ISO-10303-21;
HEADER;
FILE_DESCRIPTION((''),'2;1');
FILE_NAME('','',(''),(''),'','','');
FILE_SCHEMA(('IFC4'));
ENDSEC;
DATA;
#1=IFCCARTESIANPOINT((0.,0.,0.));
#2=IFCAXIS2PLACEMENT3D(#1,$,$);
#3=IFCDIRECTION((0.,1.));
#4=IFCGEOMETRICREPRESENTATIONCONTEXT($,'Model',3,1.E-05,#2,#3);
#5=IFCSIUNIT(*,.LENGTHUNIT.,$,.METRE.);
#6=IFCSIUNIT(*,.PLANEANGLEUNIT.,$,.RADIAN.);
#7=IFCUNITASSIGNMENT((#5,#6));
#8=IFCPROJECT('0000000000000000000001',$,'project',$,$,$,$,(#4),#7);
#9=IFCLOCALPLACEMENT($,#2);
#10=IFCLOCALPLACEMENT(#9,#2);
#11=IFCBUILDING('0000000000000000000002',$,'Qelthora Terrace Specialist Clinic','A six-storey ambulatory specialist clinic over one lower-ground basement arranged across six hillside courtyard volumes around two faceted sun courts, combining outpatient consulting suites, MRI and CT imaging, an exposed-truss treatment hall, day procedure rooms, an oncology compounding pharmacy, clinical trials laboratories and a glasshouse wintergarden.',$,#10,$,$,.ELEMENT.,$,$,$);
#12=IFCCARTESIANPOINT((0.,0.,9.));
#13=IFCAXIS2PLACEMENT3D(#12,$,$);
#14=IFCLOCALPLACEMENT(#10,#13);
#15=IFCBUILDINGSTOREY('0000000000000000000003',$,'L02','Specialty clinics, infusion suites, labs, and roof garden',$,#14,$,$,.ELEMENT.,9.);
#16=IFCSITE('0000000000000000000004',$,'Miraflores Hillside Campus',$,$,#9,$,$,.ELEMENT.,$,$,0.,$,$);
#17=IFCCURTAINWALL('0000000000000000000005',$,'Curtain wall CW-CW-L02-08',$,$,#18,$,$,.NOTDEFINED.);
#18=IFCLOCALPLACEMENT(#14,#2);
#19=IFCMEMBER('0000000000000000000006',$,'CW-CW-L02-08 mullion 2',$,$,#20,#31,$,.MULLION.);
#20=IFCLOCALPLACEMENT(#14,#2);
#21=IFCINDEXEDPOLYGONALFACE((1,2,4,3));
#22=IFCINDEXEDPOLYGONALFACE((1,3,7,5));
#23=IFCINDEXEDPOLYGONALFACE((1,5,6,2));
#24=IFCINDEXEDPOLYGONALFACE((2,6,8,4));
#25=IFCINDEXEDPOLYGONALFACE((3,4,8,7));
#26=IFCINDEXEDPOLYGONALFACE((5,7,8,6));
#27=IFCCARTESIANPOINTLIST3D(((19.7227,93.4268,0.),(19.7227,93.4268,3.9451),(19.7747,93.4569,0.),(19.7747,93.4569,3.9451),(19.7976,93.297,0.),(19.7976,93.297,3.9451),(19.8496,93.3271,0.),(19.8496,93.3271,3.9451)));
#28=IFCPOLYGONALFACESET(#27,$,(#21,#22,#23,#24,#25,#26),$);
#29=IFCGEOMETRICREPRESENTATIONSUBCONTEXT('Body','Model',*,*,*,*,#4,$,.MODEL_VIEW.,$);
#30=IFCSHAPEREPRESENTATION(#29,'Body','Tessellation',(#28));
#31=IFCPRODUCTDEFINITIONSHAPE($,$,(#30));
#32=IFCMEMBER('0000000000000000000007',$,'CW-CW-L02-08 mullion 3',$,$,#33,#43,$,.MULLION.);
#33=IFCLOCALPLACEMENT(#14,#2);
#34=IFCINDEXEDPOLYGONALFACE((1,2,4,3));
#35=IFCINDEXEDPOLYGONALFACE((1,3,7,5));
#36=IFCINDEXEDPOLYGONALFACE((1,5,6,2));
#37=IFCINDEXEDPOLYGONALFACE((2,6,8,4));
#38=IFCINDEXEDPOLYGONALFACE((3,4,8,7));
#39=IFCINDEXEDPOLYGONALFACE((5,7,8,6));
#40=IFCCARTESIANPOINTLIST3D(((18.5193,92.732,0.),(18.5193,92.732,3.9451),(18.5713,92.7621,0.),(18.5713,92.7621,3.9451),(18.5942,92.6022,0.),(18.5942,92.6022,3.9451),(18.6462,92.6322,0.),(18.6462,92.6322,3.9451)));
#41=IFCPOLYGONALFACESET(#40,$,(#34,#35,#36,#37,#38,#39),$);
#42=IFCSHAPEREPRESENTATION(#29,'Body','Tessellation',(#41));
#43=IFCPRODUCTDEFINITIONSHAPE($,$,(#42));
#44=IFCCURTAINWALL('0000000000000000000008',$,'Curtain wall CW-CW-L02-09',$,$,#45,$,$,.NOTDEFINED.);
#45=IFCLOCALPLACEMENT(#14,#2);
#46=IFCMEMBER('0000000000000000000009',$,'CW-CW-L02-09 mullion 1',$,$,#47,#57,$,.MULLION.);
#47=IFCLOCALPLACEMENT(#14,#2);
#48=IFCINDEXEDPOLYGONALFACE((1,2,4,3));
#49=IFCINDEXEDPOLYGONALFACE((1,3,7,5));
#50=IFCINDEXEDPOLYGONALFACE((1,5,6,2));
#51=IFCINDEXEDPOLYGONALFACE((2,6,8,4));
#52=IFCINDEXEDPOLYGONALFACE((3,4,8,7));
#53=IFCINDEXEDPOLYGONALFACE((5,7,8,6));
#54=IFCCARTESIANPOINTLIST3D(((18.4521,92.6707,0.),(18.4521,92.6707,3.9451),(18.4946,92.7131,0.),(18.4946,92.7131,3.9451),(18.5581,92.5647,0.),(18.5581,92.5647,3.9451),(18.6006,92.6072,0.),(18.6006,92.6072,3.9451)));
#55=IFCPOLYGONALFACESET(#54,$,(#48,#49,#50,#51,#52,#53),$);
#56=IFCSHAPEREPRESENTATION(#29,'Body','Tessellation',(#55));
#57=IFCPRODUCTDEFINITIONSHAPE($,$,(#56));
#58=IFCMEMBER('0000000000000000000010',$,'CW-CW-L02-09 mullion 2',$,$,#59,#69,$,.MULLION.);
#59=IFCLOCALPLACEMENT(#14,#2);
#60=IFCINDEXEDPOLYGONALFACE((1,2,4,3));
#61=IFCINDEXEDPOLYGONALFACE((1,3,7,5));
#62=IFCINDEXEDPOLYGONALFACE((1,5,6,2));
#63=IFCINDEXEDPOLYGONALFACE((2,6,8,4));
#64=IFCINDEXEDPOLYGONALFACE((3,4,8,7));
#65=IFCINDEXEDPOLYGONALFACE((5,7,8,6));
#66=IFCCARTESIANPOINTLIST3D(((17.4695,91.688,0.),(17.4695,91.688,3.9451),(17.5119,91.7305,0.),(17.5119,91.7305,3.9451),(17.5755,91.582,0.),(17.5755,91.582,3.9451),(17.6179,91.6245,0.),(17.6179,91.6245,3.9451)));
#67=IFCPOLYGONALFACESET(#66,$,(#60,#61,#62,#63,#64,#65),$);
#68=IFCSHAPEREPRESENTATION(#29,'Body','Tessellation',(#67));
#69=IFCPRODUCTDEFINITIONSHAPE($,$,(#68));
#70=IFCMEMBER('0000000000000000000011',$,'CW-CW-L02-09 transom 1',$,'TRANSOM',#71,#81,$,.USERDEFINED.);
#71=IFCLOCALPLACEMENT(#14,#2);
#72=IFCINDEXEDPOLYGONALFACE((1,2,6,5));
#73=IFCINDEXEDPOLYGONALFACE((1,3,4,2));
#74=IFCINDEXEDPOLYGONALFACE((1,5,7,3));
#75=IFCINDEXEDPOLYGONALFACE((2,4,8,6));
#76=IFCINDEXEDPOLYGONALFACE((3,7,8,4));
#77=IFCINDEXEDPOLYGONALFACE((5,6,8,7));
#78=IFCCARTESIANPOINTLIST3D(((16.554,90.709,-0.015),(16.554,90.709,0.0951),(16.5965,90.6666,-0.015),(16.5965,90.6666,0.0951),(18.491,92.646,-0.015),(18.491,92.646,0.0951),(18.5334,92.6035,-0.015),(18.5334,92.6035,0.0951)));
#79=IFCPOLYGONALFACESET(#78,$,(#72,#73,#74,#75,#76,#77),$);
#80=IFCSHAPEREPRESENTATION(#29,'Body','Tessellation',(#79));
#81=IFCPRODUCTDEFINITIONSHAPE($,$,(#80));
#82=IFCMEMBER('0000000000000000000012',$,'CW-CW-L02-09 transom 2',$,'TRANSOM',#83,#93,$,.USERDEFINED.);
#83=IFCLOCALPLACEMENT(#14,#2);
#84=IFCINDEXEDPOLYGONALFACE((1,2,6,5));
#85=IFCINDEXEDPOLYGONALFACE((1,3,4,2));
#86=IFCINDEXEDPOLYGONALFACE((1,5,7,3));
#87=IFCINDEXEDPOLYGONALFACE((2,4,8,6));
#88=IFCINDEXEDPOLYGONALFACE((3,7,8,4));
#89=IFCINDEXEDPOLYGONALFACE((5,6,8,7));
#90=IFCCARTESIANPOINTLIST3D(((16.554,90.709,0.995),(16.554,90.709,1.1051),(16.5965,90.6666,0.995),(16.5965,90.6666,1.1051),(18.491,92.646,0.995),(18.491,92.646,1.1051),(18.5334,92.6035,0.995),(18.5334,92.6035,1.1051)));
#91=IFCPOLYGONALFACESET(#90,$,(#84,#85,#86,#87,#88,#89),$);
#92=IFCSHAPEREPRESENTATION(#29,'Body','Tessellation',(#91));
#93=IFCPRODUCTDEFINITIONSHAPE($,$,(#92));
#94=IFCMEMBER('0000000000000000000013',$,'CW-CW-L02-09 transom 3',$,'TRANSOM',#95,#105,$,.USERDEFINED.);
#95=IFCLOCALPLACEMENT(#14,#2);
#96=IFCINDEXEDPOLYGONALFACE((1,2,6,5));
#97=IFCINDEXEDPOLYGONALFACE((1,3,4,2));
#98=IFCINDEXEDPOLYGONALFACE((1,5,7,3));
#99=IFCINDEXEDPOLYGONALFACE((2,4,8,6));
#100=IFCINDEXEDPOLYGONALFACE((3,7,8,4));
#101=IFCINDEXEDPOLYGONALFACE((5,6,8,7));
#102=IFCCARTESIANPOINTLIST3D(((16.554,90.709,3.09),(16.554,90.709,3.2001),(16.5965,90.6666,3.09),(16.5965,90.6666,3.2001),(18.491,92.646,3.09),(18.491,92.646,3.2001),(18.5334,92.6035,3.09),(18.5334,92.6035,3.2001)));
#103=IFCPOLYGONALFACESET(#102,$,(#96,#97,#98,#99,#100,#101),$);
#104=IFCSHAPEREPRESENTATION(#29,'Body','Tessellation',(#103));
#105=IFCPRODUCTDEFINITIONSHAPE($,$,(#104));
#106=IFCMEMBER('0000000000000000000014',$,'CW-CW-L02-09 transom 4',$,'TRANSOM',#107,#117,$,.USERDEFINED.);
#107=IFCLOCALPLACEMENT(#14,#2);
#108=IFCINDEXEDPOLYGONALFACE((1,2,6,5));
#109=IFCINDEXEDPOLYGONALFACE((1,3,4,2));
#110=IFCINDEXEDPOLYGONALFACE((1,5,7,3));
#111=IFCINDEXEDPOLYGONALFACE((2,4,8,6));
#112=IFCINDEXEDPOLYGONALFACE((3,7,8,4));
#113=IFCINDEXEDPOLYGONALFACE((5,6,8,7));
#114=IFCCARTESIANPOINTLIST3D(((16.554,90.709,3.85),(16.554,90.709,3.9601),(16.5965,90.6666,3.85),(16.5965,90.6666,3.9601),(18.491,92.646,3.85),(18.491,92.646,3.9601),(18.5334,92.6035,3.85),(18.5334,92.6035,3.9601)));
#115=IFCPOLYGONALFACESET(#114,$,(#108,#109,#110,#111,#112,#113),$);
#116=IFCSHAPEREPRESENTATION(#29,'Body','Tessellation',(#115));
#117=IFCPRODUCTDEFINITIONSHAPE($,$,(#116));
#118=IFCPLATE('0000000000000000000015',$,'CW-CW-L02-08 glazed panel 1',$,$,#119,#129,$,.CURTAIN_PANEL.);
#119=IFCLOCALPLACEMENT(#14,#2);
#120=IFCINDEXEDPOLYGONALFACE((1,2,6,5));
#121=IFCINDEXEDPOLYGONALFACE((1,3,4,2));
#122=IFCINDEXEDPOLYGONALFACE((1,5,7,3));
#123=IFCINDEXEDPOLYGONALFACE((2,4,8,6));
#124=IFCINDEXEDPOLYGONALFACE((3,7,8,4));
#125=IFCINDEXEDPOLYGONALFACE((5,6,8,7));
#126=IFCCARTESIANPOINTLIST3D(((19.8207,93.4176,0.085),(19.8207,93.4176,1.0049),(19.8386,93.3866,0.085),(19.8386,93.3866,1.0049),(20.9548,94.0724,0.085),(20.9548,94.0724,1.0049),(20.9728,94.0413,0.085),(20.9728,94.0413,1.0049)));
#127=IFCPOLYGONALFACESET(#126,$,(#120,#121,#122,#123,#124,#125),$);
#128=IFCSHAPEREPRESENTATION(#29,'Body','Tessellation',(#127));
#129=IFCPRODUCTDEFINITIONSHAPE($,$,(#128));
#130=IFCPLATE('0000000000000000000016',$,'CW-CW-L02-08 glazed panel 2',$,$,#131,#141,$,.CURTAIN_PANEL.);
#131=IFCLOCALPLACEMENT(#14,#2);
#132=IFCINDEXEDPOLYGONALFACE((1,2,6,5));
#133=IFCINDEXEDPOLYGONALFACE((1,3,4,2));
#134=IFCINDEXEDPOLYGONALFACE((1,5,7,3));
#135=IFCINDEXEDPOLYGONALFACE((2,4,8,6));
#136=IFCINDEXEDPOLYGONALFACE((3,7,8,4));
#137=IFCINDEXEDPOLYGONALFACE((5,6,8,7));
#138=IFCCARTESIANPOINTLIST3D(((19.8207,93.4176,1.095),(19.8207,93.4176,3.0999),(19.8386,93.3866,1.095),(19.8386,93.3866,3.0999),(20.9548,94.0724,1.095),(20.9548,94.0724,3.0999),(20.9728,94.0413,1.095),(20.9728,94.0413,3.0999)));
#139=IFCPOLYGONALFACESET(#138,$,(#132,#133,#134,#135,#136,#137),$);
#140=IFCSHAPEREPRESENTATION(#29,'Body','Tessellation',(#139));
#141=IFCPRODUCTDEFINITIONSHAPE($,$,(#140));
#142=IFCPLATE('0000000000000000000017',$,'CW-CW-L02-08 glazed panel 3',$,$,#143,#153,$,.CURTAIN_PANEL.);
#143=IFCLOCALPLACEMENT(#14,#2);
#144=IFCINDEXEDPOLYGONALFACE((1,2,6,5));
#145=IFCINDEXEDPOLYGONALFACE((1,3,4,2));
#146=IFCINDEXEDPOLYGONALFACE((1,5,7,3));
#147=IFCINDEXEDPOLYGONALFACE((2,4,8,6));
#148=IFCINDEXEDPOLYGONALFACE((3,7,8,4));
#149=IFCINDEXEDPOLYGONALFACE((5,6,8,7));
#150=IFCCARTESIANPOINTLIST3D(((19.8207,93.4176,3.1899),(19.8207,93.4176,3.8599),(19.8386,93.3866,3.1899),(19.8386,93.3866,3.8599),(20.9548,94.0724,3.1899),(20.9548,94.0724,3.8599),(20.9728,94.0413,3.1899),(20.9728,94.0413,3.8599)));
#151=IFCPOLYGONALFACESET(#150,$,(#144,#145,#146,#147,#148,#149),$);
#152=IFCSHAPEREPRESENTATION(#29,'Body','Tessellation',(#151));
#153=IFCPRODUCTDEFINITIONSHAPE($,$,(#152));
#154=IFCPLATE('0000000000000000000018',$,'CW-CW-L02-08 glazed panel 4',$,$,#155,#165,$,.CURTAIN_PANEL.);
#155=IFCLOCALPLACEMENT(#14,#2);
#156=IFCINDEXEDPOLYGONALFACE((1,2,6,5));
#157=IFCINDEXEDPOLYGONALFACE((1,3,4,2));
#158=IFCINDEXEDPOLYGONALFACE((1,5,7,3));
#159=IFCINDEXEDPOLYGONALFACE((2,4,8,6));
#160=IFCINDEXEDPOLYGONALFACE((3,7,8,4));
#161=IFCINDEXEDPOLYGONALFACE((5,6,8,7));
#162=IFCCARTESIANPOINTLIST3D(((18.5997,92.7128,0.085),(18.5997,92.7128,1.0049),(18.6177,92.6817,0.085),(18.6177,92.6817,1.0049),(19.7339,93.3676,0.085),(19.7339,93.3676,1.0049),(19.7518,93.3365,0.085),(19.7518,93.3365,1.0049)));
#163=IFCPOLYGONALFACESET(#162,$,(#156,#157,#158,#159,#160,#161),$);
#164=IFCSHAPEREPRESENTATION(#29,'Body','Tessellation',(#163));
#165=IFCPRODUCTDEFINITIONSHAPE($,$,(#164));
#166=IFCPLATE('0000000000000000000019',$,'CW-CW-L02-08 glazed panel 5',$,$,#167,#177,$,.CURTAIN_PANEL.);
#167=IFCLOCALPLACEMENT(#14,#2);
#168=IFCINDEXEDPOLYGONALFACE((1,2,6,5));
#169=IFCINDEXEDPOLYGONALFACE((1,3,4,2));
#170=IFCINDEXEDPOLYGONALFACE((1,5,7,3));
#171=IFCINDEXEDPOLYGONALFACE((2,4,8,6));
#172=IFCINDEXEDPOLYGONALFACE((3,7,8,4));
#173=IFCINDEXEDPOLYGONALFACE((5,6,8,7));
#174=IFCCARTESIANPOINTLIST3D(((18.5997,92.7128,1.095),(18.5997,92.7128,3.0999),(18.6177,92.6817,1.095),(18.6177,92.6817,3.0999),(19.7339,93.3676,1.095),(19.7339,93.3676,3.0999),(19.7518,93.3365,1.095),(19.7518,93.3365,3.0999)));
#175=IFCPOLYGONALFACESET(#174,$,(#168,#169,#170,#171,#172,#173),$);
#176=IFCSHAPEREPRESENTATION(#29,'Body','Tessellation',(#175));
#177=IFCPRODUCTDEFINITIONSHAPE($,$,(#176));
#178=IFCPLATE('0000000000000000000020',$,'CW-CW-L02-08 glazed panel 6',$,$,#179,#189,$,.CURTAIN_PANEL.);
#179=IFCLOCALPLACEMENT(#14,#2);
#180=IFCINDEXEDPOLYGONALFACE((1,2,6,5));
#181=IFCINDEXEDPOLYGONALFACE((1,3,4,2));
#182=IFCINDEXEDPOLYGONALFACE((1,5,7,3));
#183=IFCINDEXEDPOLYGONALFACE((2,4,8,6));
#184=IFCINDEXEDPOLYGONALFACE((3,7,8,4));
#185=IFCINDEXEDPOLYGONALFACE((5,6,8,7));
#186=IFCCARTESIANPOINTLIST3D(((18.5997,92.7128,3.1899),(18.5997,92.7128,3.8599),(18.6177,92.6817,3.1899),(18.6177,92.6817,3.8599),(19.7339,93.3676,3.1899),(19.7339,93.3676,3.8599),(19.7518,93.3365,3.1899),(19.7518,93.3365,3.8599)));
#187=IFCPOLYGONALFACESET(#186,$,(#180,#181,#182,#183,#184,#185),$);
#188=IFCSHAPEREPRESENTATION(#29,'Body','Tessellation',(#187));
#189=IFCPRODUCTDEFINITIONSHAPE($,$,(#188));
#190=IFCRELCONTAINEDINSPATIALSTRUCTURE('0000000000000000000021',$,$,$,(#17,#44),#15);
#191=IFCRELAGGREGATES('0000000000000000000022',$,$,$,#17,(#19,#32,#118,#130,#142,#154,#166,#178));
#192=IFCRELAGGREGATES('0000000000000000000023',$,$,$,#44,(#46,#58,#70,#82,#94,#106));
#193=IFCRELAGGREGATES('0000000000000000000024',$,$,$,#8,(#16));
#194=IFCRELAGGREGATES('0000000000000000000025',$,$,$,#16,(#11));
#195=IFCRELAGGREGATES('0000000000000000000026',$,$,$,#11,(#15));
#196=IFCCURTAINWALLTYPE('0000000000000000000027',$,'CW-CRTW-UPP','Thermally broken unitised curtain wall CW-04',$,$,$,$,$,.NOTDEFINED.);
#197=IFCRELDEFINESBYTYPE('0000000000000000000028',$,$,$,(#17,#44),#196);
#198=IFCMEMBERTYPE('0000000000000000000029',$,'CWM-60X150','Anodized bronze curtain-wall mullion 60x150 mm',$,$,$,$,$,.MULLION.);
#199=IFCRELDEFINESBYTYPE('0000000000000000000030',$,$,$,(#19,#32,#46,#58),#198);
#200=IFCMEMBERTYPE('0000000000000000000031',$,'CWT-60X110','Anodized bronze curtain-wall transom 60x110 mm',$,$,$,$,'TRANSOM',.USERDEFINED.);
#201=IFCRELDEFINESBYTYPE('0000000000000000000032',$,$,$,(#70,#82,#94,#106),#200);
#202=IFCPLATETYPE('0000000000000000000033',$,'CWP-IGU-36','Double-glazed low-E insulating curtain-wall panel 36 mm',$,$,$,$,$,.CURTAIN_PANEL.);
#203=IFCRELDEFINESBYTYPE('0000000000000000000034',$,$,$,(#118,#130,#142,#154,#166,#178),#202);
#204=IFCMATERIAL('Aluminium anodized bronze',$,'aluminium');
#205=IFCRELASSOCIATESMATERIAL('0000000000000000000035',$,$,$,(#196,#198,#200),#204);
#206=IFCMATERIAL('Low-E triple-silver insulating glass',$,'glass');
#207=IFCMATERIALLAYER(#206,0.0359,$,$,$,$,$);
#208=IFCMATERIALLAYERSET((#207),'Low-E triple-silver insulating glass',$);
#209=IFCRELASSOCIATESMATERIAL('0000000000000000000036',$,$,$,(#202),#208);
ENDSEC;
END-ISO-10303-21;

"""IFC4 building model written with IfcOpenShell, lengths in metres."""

from ifc_helpers import new_model, si_unit, direction, frame, origin, origin_2d, place, context, subcontext, project, spatial, rectangle, extrude, material, layer, layer_set, material_profile, profile_set, type_object, element, aggregate, save


model = new_model("IFC4")

# Units and contexts
model_context = context("Model", 3, precision=1e-05, world=origin(), true_north=direction((0.0, 1.0)))
body_context = subcontext(model_context, "Body", "Model", "MODEL_VIEW")
ifc_project = project(units=[si_unit("LENGTHUNIT", "METRE"), si_unit("PLANEANGLEUNIT", "RADIAN")], contexts=[model_context])

# Site, building, storey
site_placement = place(None, origin())
site = spatial("IfcSite", under=ifc_project, at=site_placement, Name="Miraflores Hillside Campus", CompositionType="ELEMENT", RefElevation=0.0)
building_placement = place(site_placement, origin())
building = spatial("IfcBuilding", under=site, at=building_placement, Name="Qelthora Terrace Specialist Clinic", Description="A six-storey ambulatory specialist clinic over one lower-ground basement arranged across six hillside courtyard volumes around two faceted sun courts, combining outpatient consulting suites, MRI and CT imaging, an exposed-truss treatment hall, day procedure rooms, an oncology compounding pharmacy, clinical trials laboratories and a glasshouse wintergarden.", CompositionType="ELEMENT")
storey_placement = place(building_placement, frame((0.0, 0.0, 9.0)))
storey = spatial("IfcBuildingStorey", under=building, at=storey_placement, Name="L02", Description="Specialty clinics, infusion suites, labs, and roof garden", CompositionType="ELEMENT", Elevation=9.0)

# Curtain walls, members
ifc_material_1 = material(Name="Aluminium anodized bronze", Category="aluminium")
curtain_wall_type = type_object("IfcCurtainWallType", Name="CW-CRTW-UPP", Description="Thermally broken unitised curtain wall CW-04", PredefinedType="NOTDEFINED", material=ifc_material_1)
curtain_wall_1_placement = place(storey_placement, origin())
curtain_wall_1 = element("IfcCurtainWall", 1, at=curtain_wall_1_placement, inside=storey, type_object=curtain_wall_type, Name="Curtain wall CW-CW-L02-08", PredefinedType="NOTDEFINED")
ifc_material_profile_1 = material_profile(ifc_material_1, rectangle(XDim=0.0601, YDim=0.1499, at=origin_2d()), Name="CWM60X150")
ifc_profile_set_1 = profile_set([ifc_material_profile_1], Name="Aluminium anodized bronze")
member_type_1 = type_object("IfcMemberType", Name="CWM-60X150", Description="Anodized bronze curtain-wall mullion 60x150 mm", PredefinedType="MULLION", material=ifc_profile_set_1)
member_1_placement = place(storey_placement, frame((19.7861, 93.377, 0.0), z_axis=(0.0, 0.0, 1.0), x_axis=(-0.866026, -0.5, 0.0)))
member_1 = element("IfcMember", 2, at=member_1_placement, type_object=member_type_1, Name="CW-CW-L02-08 mullion 2", PredefinedType="MULLION", context=body_context, shape_type="SweptSolid", body=[
    extrude(rectangle(XDim=0.0601, YDim=0.1499, at=origin_2d()), origin(), (0.0, 0.0, 1.0), 3.9451),
])
member_2_placement = place(storey_placement, frame((18.5828, 92.6821, 0.0), z_axis=(0.0, 0.0, 1.0), x_axis=(-0.866026, -0.5, 0.0)))
member_2 = element("IfcMember", 3, at=member_2_placement, type_object=member_type_1, Name="CW-CW-L02-08 mullion 3", PredefinedType="MULLION", context=body_context, shape_type="SweptSolid", body=[
    extrude(rectangle(XDim=0.0601, YDim=0.1499, at=origin_2d()), origin(), (0.0, 0.0, 1.0), 3.9451),
])
curtain_wall_2_placement = place(storey_placement, origin())
curtain_wall_2 = element("IfcCurtainWall", 4, at=curtain_wall_2_placement, inside=storey, type_object=curtain_wall_type, Name="Curtain wall CW-CW-L02-09", PredefinedType="NOTDEFINED")
member_3_placement = place(storey_placement, frame((18.5264, 92.6389, 0.0), z_axis=(0.0, 0.0, 1.0), x_axis=(-0.707107, -0.707107, 0.0)))
member_3 = element("IfcMember", 5, at=member_3_placement, type_object=member_type_1, Name="CW-CW-L02-09 mullion 1", PredefinedType="MULLION", context=body_context, shape_type="SweptSolid", body=[
    extrude(rectangle(XDim=0.0601, YDim=0.1499, at=origin_2d()), origin(), (0.0, 0.0, 1.0), 3.9451),
])
member_4_placement = place(storey_placement, frame((17.5437, 91.6562, 0.0), z_axis=(0.0, 0.0, 1.0), x_axis=(-0.707107, -0.707107, 0.0)))
member_4 = element("IfcMember", 6, at=member_4_placement, type_object=member_type_1, Name="CW-CW-L02-09 mullion 2", PredefinedType="MULLION", context=body_context, shape_type="SweptSolid", body=[
    extrude(rectangle(XDim=0.0601, YDim=0.1499, at=origin_2d()), origin(), (0.0, 0.0, 1.0), 3.9451),
])
ifc_material_profile_2 = material_profile(ifc_material_1, rectangle(XDim=0.0601, YDim=0.1101, at=origin_2d()), Name="CWT60X110")
ifc_profile_set_2 = profile_set([ifc_material_profile_2], Name="Aluminium anodized bronze")
member_type_2 = type_object("IfcMemberType", Name="CWT-60X110", Description="Anodized bronze curtain-wall transom 60x110 mm", ElementType="TRANSOM", PredefinedType="USERDEFINED", material=ifc_profile_set_2)
member_5_placement = place(storey_placement, frame((18.5122, 92.6248, 0.04), z_axis=(-0.707107, -0.707107, 0.0), x_axis=(0.707107, -0.707107, 0.0)))
member_5 = element("IfcMember", 7, at=member_5_placement, type_object=member_type_2, Name="CW-CW-L02-09 transom 1", ObjectType="TRANSOM", PredefinedType="USERDEFINED", context=body_context, shape_type="SweptSolid", body=[
    extrude(rectangle(XDim=0.0601, YDim=0.1101, at=origin_2d()), origin(), (0.0, 0.0, 1.0), 2.7393),
])
member_6_placement = place(storey_placement, frame((18.5122, 92.6248, 1.05), z_axis=(-0.707107, -0.707107, 0.0), x_axis=(0.707107, -0.707107, 0.0)))
member_6 = element("IfcMember", 8, at=member_6_placement, type_object=member_type_2, Name="CW-CW-L02-09 transom 2", ObjectType="TRANSOM", PredefinedType="USERDEFINED", context=body_context, shape_type="SweptSolid", body=[
    extrude(rectangle(XDim=0.0601, YDim=0.1101, at=origin_2d()), origin(), (0.0, 0.0, 1.0), 2.7393),
])
member_7_placement = place(storey_placement, frame((18.5122, 92.6248, 3.145), z_axis=(-0.707107, -0.707107, 0.0), x_axis=(0.707107, -0.707107, 0.0)))
member_7 = element("IfcMember", 9, at=member_7_placement, type_object=member_type_2, Name="CW-CW-L02-09 transom 3", ObjectType="TRANSOM", PredefinedType="USERDEFINED", context=body_context, shape_type="SweptSolid", body=[
    extrude(rectangle(XDim=0.0601, YDim=0.1101, at=origin_2d()), origin(), (0.0, 0.0, 1.0), 2.7393),
])
member_8_placement = place(storey_placement, frame((18.5122, 92.6248, 3.905), z_axis=(-0.707107, -0.707107, 0.0), x_axis=(0.707107, -0.707107, 0.0)))
member_8 = element("IfcMember", 10, at=member_8_placement, type_object=member_type_2, Name="CW-CW-L02-09 transom 4", ObjectType="TRANSOM", PredefinedType="USERDEFINED", context=body_context, shape_type="SweptSolid", body=[
    extrude(rectangle(XDim=0.0601, YDim=0.1101, at=origin_2d()), origin(), (0.0, 0.0, 1.0), 2.7393),
])

# Plates
ifc_material_2 = material(Name="Low-E triple-silver insulating glass", Category="glass")
ifc_layer = layer(ifc_material_2, 0.0359)
ifc_layer_set = layer_set([ifc_layer], Name="Low-E triple-silver insulating glass")
plate_type = type_object("IfcPlateType", Name="CWP-IGU-36", Description="Double-glazed low-E insulating curtain-wall panel 36 mm", PredefinedType="CURTAIN_PANEL", material=ifc_layer_set)
plate_1_placement = place(storey_placement, frame((20.3967, 93.7295, 0.085), z_axis=(0.0, 0.0, 1.0), x_axis=(-0.866025, -0.5, 0.0)))
plate_1 = element("IfcPlate", 11, at=plate_1_placement, type_object=plate_type, Name="CW-CW-L02-08 glazed panel 1", PredefinedType="CURTAIN_PANEL", context=body_context, shape_type="SweptSolid", body=[
    extrude(rectangle(XDim=1.3096, YDim=0.0359, at=origin_2d()), origin(), (0.0, 0.0, 1.0), 0.9199),
])
plate_2_placement = place(storey_placement, frame((20.3967, 93.7295, 1.095), z_axis=(0.0, 0.0, 1.0), x_axis=(-0.866025, -0.5, 0.0)))
plate_2 = element("IfcPlate", 12, at=plate_2_placement, type_object=plate_type, Name="CW-CW-L02-08 glazed panel 2", PredefinedType="CURTAIN_PANEL", context=body_context, shape_type="SweptSolid", body=[
    extrude(rectangle(XDim=1.3096, YDim=0.0359, at=origin_2d()), origin(), (0.0, 0.0, 1.0), 2.0049),
])
plate_3_placement = place(storey_placement, frame((20.3967, 93.7295, 3.1899), z_axis=(0.0, 0.0, 1.0), x_axis=(-0.866025, -0.5, 0.0)))
plate_3 = element("IfcPlate", 13, at=plate_3_placement, type_object=plate_type, Name="CW-CW-L02-08 glazed panel 3", PredefinedType="CURTAIN_PANEL", context=body_context, shape_type="SweptSolid", body=[
    extrude(rectangle(XDim=1.3096, YDim=0.0359, at=origin_2d()), origin(), (0.0, 0.0, 1.0), 0.6699),
])
plate_4_placement = place(storey_placement, frame((19.1758, 93.0247, 0.085), z_axis=(0.0, 0.0, 1.0), x_axis=(-0.866025, -0.5, 0.0)))
plate_4 = element("IfcPlate", 14, at=plate_4_placement, type_object=plate_type, Name="CW-CW-L02-08 glazed panel 4", PredefinedType="CURTAIN_PANEL", context=body_context, shape_type="SweptSolid", body=[
    extrude(rectangle(XDim=1.3096, YDim=0.0359, at=origin_2d()), origin(), (0.0, 0.0, 1.0), 0.9199),
])
plate_5_placement = place(storey_placement, frame((19.1758, 93.0247, 1.095), z_axis=(0.0, 0.0, 1.0), x_axis=(-0.866025, -0.5, 0.0)))
plate_5 = element("IfcPlate", 15, at=plate_5_placement, type_object=plate_type, Name="CW-CW-L02-08 glazed panel 5", PredefinedType="CURTAIN_PANEL", context=body_context, shape_type="SweptSolid", body=[
    extrude(rectangle(XDim=1.3096, YDim=0.0359, at=origin_2d()), origin(), (0.0, 0.0, 1.0), 2.0049),
])
plate_6_placement = place(storey_placement, frame((19.1758, 93.0247, 3.1899), z_axis=(0.0, 0.0, 1.0), x_axis=(-0.866025, -0.5, 0.0)))
plate_6 = element("IfcPlate", 16, at=plate_6_placement, type_object=plate_type, Name="CW-CW-L02-08 glazed panel 6", PredefinedType="CURTAIN_PANEL", context=body_context, shape_type="SweptSolid", body=[
    extrude(rectangle(XDim=1.3096, YDim=0.0359, at=origin_2d()), origin(), (0.0, 0.0, 1.0), 0.6699),
])
aggregate(curtain_wall_1, [member_1, member_2, plate_1, plate_2, plate_3, plate_4, plate_5, plate_6])
aggregate(curtain_wall_2, [member_3, member_4, member_5, member_6, member_7, member_8])

save(model, "model.ifc")
